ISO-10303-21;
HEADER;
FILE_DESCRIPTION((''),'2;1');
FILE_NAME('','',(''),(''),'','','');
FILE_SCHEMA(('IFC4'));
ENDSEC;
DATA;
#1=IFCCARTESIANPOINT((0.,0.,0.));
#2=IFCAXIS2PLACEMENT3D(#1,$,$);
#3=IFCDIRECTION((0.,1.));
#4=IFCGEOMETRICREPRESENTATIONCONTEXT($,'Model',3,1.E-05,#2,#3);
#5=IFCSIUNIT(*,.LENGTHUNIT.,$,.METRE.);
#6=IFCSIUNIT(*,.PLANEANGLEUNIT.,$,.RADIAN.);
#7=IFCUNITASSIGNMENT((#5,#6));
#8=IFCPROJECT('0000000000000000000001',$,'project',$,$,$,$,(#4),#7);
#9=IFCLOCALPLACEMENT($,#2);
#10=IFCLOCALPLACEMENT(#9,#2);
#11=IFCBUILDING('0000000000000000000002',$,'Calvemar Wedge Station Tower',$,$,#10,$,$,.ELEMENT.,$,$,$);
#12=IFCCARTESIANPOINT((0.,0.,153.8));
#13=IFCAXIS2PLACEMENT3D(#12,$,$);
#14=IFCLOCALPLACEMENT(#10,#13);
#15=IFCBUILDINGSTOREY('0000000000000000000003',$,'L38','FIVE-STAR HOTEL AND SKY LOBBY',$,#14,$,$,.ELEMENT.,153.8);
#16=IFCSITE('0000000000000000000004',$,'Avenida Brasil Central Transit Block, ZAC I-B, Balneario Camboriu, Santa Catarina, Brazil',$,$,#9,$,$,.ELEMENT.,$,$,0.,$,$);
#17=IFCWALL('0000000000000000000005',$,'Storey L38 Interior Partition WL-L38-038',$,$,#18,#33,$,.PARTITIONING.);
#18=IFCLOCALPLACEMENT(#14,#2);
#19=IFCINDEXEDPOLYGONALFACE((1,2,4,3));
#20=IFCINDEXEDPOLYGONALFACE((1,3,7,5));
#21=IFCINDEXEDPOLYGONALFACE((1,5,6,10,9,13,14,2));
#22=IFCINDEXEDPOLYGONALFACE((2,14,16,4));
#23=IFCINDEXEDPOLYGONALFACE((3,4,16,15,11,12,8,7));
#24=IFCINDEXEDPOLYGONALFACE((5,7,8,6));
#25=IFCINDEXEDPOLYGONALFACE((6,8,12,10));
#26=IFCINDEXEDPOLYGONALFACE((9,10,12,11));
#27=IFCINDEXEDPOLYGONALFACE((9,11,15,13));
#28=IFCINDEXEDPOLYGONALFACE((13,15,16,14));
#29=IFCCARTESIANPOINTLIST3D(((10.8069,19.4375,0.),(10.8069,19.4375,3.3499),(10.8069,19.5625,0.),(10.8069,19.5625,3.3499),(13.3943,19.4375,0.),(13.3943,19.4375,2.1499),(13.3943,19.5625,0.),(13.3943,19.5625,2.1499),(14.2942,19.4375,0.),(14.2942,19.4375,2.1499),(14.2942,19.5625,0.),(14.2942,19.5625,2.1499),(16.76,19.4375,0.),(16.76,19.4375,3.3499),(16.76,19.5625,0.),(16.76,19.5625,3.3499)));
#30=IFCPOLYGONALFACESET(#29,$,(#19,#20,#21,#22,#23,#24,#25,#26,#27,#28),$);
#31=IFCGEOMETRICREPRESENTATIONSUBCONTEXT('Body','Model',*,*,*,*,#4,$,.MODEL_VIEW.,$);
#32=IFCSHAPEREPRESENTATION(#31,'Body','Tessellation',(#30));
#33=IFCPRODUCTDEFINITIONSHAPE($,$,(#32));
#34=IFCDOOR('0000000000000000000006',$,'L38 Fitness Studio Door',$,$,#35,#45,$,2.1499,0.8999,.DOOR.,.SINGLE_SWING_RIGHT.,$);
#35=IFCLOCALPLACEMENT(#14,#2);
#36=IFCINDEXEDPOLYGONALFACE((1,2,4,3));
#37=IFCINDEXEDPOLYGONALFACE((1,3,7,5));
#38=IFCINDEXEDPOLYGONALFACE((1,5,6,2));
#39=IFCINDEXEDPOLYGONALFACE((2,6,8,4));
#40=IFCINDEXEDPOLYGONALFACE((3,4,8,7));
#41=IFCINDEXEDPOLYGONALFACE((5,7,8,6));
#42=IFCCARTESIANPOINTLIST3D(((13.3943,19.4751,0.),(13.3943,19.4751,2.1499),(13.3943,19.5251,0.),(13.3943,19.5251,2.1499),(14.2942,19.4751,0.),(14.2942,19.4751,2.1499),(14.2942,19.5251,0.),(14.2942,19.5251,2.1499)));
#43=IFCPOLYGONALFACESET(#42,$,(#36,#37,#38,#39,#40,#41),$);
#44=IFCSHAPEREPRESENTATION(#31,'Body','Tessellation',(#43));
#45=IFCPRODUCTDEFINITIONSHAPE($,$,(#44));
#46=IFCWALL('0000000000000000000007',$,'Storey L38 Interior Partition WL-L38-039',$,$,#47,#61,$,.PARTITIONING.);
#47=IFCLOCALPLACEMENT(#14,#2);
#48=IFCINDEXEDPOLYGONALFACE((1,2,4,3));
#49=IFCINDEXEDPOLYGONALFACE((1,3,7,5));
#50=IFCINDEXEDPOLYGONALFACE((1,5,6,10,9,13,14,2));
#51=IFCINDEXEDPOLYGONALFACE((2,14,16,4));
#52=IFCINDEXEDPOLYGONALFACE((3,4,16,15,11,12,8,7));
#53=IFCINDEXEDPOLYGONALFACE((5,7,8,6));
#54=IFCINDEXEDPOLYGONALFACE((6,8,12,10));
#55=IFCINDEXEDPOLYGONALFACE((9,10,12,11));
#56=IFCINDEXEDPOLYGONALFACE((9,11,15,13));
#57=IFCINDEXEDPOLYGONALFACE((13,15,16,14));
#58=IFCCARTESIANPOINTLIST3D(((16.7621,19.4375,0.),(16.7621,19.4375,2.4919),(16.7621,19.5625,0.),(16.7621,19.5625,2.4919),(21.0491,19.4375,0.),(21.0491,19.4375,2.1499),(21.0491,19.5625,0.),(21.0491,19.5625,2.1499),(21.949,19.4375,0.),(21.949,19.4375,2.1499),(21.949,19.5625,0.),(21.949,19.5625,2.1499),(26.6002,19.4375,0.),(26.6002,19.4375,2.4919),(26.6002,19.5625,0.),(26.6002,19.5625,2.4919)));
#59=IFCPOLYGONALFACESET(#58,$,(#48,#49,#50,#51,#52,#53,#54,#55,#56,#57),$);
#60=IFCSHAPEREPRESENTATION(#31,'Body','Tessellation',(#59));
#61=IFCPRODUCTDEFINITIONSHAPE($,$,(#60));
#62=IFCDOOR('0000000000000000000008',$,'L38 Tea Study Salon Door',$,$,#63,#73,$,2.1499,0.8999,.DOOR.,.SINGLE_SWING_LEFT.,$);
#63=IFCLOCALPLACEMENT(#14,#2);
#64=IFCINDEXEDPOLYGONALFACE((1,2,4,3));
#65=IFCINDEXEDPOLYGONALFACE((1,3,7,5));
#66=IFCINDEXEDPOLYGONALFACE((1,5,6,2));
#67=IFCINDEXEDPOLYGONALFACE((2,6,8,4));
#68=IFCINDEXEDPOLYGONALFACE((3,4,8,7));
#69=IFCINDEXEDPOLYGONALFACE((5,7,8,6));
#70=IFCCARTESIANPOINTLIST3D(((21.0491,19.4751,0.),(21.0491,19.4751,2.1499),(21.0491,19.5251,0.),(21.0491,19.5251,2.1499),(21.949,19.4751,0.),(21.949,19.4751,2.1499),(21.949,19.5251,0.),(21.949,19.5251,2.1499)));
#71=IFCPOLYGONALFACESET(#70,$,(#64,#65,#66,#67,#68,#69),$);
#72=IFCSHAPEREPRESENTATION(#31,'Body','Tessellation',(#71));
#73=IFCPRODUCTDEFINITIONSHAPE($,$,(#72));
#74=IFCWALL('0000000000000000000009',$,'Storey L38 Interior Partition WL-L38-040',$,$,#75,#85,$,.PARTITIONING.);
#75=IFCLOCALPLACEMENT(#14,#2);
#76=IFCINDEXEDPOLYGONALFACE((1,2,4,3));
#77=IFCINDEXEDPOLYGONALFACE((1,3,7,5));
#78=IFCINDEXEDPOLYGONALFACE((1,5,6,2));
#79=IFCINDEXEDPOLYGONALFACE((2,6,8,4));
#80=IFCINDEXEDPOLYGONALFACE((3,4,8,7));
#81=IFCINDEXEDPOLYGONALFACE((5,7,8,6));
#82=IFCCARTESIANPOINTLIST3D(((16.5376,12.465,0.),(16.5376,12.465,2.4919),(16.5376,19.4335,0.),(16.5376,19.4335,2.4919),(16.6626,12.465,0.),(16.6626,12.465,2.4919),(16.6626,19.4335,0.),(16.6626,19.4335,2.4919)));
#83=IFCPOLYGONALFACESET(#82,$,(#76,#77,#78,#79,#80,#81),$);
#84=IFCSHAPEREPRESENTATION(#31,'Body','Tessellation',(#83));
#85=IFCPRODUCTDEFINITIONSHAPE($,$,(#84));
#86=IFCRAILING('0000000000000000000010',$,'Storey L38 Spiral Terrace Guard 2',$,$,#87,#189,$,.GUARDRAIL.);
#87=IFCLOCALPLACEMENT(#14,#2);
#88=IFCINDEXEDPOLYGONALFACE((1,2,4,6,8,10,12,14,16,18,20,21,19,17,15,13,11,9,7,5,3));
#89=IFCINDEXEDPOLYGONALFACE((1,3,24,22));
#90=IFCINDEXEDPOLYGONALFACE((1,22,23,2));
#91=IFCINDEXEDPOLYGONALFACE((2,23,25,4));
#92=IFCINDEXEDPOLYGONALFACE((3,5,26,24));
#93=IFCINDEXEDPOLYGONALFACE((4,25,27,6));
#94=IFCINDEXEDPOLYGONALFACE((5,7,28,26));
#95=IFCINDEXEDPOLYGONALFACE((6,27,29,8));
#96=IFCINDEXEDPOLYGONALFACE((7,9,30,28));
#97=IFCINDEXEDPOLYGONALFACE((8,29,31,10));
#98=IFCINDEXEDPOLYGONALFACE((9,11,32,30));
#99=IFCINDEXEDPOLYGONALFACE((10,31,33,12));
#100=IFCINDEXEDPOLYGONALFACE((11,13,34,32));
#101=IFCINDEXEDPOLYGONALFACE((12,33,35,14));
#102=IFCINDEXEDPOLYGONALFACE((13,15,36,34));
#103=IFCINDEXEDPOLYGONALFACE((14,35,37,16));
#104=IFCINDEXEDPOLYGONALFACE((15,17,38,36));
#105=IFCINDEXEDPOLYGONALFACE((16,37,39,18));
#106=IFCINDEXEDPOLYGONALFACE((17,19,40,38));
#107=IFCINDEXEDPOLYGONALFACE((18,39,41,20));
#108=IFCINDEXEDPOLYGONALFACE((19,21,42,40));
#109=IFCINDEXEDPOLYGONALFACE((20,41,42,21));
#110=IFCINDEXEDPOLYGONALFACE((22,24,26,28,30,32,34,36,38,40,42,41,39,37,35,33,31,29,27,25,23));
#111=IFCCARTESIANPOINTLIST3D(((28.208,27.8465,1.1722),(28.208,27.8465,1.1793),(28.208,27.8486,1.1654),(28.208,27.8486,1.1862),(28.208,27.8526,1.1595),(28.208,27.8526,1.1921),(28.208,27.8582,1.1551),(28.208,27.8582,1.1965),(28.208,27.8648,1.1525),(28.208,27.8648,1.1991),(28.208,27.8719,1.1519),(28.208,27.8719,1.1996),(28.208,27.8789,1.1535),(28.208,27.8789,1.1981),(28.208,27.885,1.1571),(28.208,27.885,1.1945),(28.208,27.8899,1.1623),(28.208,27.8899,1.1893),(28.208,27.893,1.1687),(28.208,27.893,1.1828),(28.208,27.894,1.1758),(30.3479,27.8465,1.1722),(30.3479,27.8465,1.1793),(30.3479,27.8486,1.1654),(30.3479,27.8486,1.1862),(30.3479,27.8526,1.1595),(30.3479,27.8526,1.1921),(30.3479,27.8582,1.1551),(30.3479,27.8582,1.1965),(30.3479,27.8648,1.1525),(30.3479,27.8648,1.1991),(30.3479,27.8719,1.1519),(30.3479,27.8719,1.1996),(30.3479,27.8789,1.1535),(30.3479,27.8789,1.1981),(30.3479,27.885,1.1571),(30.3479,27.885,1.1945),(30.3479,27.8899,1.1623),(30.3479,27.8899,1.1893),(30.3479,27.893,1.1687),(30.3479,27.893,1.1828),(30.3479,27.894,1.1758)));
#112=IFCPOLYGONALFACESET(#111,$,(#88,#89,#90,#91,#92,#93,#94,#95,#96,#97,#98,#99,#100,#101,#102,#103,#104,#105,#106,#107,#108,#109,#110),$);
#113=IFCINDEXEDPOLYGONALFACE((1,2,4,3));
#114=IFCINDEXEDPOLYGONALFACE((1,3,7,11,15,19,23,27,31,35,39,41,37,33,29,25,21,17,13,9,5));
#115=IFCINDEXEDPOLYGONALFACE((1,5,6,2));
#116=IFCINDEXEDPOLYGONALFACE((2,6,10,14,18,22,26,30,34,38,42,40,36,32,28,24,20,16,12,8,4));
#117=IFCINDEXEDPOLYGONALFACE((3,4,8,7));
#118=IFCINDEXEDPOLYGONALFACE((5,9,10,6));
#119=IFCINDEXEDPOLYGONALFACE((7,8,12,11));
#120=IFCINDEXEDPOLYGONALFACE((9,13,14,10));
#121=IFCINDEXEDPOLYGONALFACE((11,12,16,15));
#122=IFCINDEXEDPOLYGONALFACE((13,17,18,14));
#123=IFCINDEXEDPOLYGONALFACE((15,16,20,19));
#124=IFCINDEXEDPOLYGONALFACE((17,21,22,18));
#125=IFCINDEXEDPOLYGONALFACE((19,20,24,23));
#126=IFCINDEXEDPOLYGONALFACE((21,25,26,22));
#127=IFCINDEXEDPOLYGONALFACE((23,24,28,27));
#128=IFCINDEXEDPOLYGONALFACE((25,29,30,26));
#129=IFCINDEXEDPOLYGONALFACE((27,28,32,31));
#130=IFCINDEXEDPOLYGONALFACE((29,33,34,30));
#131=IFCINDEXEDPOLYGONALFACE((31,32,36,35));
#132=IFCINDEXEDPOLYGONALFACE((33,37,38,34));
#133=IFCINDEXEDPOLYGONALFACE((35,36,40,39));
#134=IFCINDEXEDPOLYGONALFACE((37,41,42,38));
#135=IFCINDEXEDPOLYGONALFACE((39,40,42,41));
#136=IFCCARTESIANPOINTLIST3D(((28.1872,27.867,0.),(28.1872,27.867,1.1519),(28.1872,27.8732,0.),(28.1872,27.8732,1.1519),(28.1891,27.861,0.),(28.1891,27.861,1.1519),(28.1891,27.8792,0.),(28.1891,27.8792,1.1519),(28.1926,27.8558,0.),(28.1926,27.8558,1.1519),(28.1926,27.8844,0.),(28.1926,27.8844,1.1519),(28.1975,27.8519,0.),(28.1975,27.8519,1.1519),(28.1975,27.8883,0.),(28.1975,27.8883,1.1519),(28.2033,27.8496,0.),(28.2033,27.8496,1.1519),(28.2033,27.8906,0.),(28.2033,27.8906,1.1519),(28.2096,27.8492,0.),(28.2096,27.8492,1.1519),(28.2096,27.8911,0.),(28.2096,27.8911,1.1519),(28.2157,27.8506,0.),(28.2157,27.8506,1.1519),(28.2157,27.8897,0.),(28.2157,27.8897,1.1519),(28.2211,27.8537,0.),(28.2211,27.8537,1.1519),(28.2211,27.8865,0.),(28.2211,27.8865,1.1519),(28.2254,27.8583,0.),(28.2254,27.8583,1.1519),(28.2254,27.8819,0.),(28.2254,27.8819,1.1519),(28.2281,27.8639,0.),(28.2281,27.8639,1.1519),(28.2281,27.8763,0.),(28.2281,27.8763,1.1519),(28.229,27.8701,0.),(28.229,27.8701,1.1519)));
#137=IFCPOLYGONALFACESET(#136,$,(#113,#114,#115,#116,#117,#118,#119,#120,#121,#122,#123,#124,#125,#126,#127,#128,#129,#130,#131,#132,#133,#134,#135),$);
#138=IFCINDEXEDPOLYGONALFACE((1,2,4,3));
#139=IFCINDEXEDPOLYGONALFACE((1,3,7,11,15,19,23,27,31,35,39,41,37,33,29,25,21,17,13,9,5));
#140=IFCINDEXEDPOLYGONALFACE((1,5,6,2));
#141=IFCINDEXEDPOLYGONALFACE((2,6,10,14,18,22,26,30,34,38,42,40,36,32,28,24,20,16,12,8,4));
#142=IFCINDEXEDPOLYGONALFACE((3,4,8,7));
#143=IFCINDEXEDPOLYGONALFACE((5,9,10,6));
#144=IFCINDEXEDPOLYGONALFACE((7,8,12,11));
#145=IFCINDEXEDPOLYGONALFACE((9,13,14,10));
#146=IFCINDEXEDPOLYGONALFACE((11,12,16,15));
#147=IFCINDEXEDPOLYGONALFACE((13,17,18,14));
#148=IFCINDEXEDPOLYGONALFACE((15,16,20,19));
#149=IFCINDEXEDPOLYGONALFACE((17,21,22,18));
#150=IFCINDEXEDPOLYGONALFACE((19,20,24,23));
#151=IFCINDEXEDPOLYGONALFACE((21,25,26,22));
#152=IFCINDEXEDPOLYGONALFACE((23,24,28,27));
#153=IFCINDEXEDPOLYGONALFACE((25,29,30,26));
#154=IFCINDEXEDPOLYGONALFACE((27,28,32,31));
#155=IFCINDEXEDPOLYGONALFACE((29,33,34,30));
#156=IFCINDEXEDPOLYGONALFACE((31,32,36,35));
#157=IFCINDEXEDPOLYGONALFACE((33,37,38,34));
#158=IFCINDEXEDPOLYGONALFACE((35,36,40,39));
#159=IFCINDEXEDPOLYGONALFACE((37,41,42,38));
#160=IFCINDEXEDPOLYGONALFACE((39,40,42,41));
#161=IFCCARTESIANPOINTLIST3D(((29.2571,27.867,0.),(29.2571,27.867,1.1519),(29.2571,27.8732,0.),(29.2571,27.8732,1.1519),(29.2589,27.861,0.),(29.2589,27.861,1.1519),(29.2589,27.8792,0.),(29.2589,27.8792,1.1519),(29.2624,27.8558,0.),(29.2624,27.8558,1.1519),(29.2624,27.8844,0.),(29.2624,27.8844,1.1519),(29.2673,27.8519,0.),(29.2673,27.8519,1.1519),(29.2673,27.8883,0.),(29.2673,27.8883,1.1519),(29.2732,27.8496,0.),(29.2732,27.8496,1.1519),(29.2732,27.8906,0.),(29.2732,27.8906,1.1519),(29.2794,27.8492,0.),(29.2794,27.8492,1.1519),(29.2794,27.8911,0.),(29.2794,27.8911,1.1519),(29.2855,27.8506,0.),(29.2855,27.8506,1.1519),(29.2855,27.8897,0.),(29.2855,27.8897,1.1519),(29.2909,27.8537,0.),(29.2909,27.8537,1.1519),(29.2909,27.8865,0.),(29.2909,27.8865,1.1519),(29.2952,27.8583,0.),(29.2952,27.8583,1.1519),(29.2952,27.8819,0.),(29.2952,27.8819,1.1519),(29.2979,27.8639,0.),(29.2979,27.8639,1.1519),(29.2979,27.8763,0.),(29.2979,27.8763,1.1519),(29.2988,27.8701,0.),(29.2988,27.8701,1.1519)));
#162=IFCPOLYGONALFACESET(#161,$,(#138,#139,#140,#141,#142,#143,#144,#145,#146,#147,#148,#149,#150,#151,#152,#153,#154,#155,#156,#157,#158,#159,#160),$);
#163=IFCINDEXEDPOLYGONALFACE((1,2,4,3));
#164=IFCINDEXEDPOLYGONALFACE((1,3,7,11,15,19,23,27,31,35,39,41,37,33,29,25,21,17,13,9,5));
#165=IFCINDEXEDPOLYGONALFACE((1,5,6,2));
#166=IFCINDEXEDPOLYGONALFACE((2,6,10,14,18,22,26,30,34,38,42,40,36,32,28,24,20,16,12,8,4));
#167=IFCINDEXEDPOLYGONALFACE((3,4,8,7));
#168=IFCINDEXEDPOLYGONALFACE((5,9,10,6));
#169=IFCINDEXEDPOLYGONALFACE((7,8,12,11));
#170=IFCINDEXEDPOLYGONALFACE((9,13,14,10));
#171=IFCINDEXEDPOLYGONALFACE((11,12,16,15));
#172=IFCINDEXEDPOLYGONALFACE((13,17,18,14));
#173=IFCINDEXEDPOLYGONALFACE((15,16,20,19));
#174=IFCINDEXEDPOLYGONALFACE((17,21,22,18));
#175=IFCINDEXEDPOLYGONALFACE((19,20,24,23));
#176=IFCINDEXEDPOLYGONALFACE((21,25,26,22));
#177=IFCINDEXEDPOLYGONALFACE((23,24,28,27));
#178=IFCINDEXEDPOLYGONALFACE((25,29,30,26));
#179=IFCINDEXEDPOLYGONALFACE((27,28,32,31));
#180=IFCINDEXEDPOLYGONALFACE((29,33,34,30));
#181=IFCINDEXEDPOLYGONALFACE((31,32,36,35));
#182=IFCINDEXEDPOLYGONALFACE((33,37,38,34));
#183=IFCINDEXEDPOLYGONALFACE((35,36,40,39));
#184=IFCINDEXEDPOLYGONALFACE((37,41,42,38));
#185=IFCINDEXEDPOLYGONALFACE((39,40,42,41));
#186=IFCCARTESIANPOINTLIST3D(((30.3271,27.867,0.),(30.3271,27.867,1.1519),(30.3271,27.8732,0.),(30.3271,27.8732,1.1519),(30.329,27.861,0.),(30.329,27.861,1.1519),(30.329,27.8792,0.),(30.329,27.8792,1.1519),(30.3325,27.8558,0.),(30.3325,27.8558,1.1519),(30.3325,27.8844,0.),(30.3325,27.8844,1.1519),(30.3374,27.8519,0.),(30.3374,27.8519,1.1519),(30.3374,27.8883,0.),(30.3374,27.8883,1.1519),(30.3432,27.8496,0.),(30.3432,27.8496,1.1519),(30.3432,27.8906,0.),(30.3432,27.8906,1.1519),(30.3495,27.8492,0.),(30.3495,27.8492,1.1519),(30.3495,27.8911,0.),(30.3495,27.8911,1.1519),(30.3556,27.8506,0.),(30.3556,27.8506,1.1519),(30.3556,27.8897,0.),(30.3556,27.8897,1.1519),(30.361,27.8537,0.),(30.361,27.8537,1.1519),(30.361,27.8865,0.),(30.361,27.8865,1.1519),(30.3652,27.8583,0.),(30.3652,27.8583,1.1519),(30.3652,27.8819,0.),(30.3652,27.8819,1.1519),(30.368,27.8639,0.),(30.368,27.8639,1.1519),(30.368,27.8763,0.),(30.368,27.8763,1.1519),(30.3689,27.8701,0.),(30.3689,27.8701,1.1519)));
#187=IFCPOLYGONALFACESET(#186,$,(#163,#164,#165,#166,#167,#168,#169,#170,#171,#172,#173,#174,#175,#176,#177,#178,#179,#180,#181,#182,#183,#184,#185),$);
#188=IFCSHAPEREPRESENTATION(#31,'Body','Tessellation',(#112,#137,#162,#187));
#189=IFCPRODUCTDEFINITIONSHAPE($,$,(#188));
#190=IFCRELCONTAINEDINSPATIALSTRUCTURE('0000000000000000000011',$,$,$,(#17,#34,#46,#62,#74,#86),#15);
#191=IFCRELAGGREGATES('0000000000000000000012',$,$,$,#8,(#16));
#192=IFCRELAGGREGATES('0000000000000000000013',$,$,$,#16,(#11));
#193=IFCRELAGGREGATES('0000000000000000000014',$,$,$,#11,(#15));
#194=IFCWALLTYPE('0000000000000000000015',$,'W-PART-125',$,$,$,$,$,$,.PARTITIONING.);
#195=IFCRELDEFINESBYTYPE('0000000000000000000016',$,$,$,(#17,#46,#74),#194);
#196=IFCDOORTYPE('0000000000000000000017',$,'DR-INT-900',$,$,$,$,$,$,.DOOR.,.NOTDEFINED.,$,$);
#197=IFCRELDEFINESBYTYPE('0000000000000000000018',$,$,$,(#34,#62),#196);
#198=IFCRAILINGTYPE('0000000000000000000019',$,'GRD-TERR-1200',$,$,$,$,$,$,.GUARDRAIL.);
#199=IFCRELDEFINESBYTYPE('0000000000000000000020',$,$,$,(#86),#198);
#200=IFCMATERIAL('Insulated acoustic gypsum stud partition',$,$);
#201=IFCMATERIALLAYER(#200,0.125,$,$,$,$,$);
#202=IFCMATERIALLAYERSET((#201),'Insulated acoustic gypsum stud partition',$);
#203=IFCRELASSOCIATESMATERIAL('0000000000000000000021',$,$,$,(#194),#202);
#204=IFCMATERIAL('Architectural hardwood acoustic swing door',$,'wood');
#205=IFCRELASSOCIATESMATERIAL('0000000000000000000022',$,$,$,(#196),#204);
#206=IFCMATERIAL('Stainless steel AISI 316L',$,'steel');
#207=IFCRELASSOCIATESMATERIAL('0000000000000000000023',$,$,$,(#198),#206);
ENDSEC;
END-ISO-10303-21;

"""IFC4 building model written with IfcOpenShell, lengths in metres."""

from ifc_helpers import new_model, si_unit, direction, frame, frame_2d, origin, origin_2d, place, context, subcontext, project, spatial, rectangle, circle, extrude, source, transform, mapped, material, layer, layer_set, type_object, element, fill, save


model = new_model("IFC4")

# Units and contexts
model_context = context("Model", 3, precision=1e-05, world=origin(), true_north=direction((0.0, 1.0)))
body_context = subcontext(model_context, "Body", "Model", "MODEL_VIEW")
ifc_project = project(units=[si_unit("LENGTHUNIT", "METRE"), si_unit("PLANEANGLEUNIT", "RADIAN")], contexts=[model_context])

# Site, building, storey
site_placement = place(None, origin())
site = spatial("IfcSite", under=ifc_project, at=site_placement, Name="Avenida Brasil Central Transit Block, ZAC I-B, Balneario Camboriu, Santa Catarina, Brazil", CompositionType="ELEMENT", RefElevation=0.0)
building_placement = place(site_placement, origin())
building = spatial("IfcBuilding", under=site, at=building_placement, Name="Calvemar Wedge Station Tower", CompositionType="ELEMENT")
storey_placement = place(building_placement, frame((0.0, 0.0, 153.8)))
storey = spatial("IfcBuildingStorey", under=building, at=storey_placement, Name="L38", Description="FIVE-STAR HOTEL AND SKY LOBBY", CompositionType="ELEMENT", Elevation=153.8)

# Walls, openings, doors
ifc_material_1 = material(Name="Insulated acoustic gypsum stud partition")
ifc_layer_1 = layer(ifc_material_1, 0.125)
ifc_layer_set_1 = layer_set([ifc_layer_1], Name="Insulated acoustic gypsum stud partition")
wall_type_1 = type_object("IfcWallType", Name="W-PART-125", PredefinedType="PARTITIONING", material=ifc_layer_set_1)
wall_1_placement = place(storey_placement, frame((16.76, 19.5, 0.0), z_axis=(0.0, 0.0, 1.0), x_axis=(-1.0, 0.0, 0.0)))
wall_1 = element("IfcWall", 1, at=wall_1_placement, inside=storey, type_object=wall_type_1, Name="Storey L38 Interior Partition WL-L38-038", PredefinedType="PARTITIONING", context=body_context, shape_type="SweptSolid", body=[
    extrude(rectangle(XDim=5.9531, YDim=0.125, at=frame_2d((2.9766, 0.0))), origin(), (0.0, 0.0, 1.0), 3.3499),
])
shared_shape_1 = source(origin(), body_context, "Body", "SweptSolid", [
    extrude(rectangle(XDim=0.8999, YDim=2.1499, at=frame_2d((0.45, 1.075))), frame((0.0, 0.0725, 0.0), z_axis=(0.0, -1.0, 0.0), x_axis=(1.0, 0.0, 0.0)), (0.0, 0.0, 1.0), 0.145),
])
opening_1_placement = place(wall_1_placement, frame((2.4658, 0.0, 0.0)))
opening_1 = element("IfcOpeningElement", 2, at=opening_1_placement, cuts=wall_1, PredefinedType="OPENING", context=body_context, shape_type="MappedRepresentation", body=[
    mapped(shared_shape_1, transform((0.0, 0.0, 0.0), scale=1.0)),
])
ifc_material_2 = material(Name="Architectural hardwood acoustic swing door", Category="wood")
door_type_1 = type_object("IfcDoorType", Name="DR-INT-900", OperationType="NOTDEFINED", PredefinedType="DOOR", material=ifc_material_2)
shared_shape_2 = source(origin(), body_context, "Body", "SweptSolid", [
    extrude(rectangle(XDim=0.8999, YDim=2.1499, at=frame_2d((0.45, 1.075))), frame((0.0, 0.0249, 0.0), z_axis=(0.0, -1.0, 0.0), x_axis=(1.0, 0.0, 0.0)), (0.0, 0.0, 1.0), 0.05),
])
door_1_placement = place(opening_1_placement, origin())
door_1 = element("IfcDoor", 3, at=door_1_placement, inside=storey, type_object=door_type_1, Name="L38 Fitness Studio Door", OperationType="SINGLE_SWING_RIGHT", OverallHeight=2.1499, OverallWidth=0.8999, PredefinedType="DOOR", context=body_context, shape_type="MappedRepresentation", body=[
    mapped(shared_shape_2, transform((0.0, 0.0, 0.0), scale=1.0)),
])
fill(opening_1, door_1)
wall_2_placement = place(storey_placement, frame((26.6001, 19.5, 0.0), z_axis=(0.0, 0.0, 1.0), x_axis=(-1.0, 0.0, 0.0)))
wall_2 = element("IfcWall", 4, at=wall_2_placement, inside=storey, type_object=wall_type_1, Name="Storey L38 Interior Partition WL-L38-039", PredefinedType="PARTITIONING", context=body_context, shape_type="SweptSolid", body=[
    extrude(rectangle(XDim=9.8381, YDim=0.125, at=frame_2d((4.9189, 0.0))), origin(), (0.0, 0.0, 1.0), 2.4919),
])
opening_2_placement = place(wall_2_placement, frame((4.6511, 0.0, 0.0)))
opening_2 = element("IfcOpeningElement", 5, at=opening_2_placement, cuts=wall_2, PredefinedType="OPENING", context=body_context, shape_type="MappedRepresentation", body=[
    mapped(shared_shape_1, transform((0.0, 0.0, 0.0), scale=1.0)),
])
door_2_placement = place(opening_2_placement, origin())
door_2 = element("IfcDoor", 6, at=door_2_placement, inside=storey, type_object=door_type_1, Name="L38 Tea Study Salon Door", OperationType="SINGLE_SWING_LEFT", OverallHeight=2.1499, OverallWidth=0.8999, PredefinedType="DOOR", context=body_context, shape_type="MappedRepresentation", body=[
    mapped(shared_shape_2, transform((0.0, 0.0, 0.0), scale=1.0)),
])
fill(opening_2, door_2)

# Wall
wall_3_placement = place(storey_placement, frame((16.6001, 19.4336, 0.0), z_axis=(0.0, 0.0, 1.0), x_axis=(0.0, -1.0, 0.0)))
element("IfcWall", 7, at=wall_3_placement, inside=storey, type_object=wall_type_1, Name="Storey L38 Interior Partition WL-L38-040", PredefinedType="PARTITIONING", context=body_context, shape_type="SweptSolid", body=[
    extrude(rectangle(XDim=6.9685, YDim=0.125, at=frame_2d((3.4844, 0.0))), origin(), (0.0, 0.0, 1.0), 2.4919),
])

# Railing
ifc_material_3 = material(Name="Stainless steel AISI 316L", Category="steel")
railing_type = type_object("IfcRailingType", Name="GRD-TERR-1200", PredefinedType="GUARDRAIL", material=ifc_material_3)
railing_placement = place(storey_placement, frame((28.208, 27.8701, 0.0)))
element("IfcRailing", 8, at=railing_placement, inside=storey, type_object=railing_type, Name="Storey L38 Spiral Terrace Guard 2", PredefinedType="GUARDRAIL", context=body_context, shape_type="SweptSolid", body=[
    extrude(circle(Radius=0.0239, at=origin_2d()), frame((0.0, 0.0, 1.1758), z_axis=(1.0, 0.0, 0.0), x_axis=(0.0, 1.0, 0.0)), (0.0, 0.0, 1.0), 2.1399),
    extrude(circle(Radius=0.021, at=origin_2d()), origin(), (0.0, 0.0, 1.0), 1.1519),
    extrude(circle(Radius=0.021, at=origin_2d()), frame((1.0698, 0.0, 0.0)), (0.0, 0.0, 1.0), 1.1519),
    extrude(circle(Radius=0.021, at=origin_2d()), frame((2.1399, 0.0, 0.0)), (0.0, 0.0, 1.0), 1.1519),
])

save(model, "model.ifc")
